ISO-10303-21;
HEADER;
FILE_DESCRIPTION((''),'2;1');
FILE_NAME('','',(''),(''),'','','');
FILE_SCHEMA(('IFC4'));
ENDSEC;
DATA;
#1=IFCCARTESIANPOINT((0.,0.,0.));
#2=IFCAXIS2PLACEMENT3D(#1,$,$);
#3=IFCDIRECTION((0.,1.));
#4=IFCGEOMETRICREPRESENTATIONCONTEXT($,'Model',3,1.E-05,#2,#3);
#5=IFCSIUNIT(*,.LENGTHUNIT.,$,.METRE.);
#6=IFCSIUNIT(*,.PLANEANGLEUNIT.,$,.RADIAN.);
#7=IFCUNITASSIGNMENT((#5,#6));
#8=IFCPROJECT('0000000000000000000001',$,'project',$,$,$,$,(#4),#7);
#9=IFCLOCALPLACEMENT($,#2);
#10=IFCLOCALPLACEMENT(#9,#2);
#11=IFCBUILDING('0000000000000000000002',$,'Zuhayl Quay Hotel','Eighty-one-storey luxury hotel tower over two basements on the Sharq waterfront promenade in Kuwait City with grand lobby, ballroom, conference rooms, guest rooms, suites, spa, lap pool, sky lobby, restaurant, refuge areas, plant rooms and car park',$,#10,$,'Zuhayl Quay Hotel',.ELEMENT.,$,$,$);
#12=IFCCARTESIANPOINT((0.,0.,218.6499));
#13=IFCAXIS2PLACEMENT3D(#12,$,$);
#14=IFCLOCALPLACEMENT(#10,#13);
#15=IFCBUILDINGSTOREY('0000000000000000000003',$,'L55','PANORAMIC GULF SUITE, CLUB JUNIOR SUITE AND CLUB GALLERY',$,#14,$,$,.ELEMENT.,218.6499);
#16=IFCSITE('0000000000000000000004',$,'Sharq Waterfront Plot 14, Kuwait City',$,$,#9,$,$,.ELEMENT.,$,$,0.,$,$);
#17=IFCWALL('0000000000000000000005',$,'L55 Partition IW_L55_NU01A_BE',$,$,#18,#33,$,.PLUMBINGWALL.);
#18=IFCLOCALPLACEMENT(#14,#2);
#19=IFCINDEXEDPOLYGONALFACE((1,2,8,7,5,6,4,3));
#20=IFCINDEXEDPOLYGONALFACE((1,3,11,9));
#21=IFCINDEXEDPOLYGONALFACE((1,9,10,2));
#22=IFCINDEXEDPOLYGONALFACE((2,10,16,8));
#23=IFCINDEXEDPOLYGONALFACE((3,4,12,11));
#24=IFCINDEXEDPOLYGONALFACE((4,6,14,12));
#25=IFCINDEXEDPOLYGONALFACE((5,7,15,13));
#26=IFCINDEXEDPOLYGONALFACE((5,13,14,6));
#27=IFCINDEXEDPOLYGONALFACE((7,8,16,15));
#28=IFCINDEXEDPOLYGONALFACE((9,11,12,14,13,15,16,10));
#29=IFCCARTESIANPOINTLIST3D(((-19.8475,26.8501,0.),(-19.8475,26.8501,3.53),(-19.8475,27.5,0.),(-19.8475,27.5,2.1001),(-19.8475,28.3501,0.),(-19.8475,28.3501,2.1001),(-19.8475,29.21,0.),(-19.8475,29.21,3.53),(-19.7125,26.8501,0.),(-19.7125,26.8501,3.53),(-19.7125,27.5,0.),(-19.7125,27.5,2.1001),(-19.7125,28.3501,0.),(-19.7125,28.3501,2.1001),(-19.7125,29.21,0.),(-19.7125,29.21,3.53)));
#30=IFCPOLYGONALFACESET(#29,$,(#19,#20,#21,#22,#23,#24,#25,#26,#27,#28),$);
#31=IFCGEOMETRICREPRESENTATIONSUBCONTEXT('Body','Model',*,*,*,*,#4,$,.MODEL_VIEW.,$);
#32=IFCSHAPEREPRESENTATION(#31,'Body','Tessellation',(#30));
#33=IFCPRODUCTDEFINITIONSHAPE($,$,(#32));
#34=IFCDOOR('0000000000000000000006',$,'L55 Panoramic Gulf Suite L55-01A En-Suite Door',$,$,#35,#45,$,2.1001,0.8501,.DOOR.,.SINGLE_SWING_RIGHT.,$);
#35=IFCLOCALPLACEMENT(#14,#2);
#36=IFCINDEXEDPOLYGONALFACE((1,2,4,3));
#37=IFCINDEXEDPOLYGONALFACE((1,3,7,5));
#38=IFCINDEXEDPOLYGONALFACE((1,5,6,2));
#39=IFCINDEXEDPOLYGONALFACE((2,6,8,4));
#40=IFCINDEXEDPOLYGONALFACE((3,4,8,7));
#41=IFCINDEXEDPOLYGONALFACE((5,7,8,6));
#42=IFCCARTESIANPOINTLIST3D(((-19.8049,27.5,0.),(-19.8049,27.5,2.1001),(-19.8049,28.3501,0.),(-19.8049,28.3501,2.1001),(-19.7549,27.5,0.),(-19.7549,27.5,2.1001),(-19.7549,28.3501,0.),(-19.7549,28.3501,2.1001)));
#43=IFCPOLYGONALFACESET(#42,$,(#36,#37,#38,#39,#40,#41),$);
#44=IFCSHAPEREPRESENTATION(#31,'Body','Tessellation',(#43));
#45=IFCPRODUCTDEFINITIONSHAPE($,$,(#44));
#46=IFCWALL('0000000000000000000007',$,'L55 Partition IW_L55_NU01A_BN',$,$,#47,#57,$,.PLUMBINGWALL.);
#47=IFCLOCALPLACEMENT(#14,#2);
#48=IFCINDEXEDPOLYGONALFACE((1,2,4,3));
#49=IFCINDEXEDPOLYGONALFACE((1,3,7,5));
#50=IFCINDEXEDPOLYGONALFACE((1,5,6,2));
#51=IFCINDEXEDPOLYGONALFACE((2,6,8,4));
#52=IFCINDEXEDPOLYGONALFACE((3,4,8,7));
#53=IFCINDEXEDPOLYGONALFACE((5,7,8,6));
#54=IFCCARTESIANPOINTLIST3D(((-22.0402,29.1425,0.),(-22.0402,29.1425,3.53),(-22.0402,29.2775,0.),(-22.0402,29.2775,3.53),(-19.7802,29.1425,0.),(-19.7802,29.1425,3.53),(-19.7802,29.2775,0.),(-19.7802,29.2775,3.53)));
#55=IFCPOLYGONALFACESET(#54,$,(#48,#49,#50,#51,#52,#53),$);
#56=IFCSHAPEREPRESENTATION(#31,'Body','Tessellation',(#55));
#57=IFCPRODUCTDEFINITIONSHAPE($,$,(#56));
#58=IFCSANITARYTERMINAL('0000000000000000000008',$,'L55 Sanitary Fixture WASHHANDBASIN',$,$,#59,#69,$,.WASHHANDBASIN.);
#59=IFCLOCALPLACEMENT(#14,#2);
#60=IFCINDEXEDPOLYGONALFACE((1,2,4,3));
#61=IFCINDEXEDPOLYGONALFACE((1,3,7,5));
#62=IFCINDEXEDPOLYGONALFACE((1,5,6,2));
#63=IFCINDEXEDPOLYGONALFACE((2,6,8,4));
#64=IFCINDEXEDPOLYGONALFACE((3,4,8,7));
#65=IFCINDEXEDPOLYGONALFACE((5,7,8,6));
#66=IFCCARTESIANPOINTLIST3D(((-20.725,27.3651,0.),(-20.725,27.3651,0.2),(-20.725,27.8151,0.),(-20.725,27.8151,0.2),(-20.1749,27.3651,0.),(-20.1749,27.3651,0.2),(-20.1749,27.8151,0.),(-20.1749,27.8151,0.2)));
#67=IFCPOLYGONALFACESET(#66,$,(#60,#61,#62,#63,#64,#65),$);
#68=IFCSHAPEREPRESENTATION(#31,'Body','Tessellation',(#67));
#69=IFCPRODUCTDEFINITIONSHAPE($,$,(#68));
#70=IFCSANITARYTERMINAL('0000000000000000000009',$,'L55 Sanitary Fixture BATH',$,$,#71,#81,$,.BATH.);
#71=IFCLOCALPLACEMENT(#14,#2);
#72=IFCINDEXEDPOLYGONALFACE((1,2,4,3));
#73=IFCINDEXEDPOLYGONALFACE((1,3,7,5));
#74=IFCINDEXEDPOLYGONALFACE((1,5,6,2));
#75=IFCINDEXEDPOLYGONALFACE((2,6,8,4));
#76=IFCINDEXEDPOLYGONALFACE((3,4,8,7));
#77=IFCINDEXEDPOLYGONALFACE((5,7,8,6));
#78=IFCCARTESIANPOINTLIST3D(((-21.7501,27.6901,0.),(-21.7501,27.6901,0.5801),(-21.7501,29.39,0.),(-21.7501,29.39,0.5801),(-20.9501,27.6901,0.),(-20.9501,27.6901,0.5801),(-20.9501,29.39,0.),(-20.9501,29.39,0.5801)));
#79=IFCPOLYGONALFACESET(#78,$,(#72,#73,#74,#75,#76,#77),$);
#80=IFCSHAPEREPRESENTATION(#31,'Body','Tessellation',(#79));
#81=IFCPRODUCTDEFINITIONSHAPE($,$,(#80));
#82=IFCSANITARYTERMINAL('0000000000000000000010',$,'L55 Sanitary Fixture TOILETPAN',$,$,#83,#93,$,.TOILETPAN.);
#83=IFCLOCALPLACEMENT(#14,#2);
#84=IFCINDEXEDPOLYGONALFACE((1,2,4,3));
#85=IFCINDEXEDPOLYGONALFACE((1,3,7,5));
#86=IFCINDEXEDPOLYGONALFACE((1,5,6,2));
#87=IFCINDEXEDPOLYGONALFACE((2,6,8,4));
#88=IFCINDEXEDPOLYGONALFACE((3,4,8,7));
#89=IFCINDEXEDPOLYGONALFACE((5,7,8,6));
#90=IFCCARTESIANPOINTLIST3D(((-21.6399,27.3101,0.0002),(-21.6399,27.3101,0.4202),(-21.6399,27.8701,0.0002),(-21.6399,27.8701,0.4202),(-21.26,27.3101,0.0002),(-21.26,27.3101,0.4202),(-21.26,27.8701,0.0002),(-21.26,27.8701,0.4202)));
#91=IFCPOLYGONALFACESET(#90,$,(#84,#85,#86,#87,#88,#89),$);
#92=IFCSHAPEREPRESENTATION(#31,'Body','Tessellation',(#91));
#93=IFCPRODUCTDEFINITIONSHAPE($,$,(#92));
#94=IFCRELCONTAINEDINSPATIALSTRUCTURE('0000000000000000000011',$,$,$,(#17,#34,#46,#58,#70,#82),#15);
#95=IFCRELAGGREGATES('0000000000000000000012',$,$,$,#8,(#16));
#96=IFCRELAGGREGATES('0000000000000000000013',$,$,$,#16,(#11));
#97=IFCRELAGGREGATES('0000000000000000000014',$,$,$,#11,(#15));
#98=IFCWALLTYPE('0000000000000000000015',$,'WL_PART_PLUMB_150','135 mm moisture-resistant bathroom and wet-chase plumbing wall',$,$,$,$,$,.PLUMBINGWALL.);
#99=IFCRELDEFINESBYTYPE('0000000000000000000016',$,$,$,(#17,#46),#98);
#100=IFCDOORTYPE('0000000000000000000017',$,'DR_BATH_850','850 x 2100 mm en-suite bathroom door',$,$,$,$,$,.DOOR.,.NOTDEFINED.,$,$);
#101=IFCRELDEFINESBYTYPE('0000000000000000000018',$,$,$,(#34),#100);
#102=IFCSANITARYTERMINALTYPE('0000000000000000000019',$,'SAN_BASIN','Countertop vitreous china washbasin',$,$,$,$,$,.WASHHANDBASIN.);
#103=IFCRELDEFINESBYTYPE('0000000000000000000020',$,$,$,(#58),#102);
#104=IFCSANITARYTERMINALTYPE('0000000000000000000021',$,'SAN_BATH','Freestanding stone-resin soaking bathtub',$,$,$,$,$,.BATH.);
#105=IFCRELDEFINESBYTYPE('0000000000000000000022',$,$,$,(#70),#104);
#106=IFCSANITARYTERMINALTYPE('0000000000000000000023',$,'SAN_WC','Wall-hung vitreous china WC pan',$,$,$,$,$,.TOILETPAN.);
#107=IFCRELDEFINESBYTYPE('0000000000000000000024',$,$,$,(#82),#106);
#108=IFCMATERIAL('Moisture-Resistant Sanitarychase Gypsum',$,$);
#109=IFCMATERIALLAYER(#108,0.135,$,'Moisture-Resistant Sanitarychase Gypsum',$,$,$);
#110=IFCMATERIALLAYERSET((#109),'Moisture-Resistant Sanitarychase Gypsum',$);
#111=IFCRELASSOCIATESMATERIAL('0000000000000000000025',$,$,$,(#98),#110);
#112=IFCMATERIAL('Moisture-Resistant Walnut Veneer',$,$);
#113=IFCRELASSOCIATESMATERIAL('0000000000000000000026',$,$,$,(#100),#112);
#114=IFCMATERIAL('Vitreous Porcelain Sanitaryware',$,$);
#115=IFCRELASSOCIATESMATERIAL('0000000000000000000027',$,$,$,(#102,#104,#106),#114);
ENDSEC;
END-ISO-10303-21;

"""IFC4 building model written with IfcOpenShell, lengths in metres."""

from ifc_helpers import new_model, si_unit, direction, frame, frame_2d, origin, origin_2d, place, context, subcontext, project, spatial, rectangle, extrude, material, layer, layer_set, type_object, element, fill, save


model = new_model("IFC4")

# Units and contexts
model_context = context("Model", 3, precision=1e-05, world=origin(), true_north=direction((0.0, 1.0)))
body_context = subcontext(model_context, "Body", "Model", "MODEL_VIEW")
ifc_project = project(units=[si_unit("LENGTHUNIT", "METRE"), si_unit("PLANEANGLEUNIT", "RADIAN")], contexts=[model_context])

# Site, building, storey
site_placement = place(None, origin())
site = spatial("IfcSite", under=ifc_project, at=site_placement, Name="Sharq Waterfront Plot 14, Kuwait City", CompositionType="ELEMENT", RefElevation=0.0)
building_placement = place(site_placement, origin())
building = spatial("IfcBuilding", under=site, at=building_placement, Name="Zuhayl Quay Hotel", Description="Eighty-one-storey luxury hotel tower over two basements on the Sharq waterfront promenade in Kuwait City with grand lobby, ballroom, conference rooms, guest rooms, suites, spa, lap pool, sky lobby, restaurant, refuge areas, plant rooms and car park", LongName="Zuhayl Quay Hotel", CompositionType="ELEMENT")
storey_placement = place(building_placement, frame((0.0, 0.0, 218.6499)))
storey = spatial("IfcBuildingStorey", under=building, at=storey_placement, Name="L55", Description="PANORAMIC GULF SUITE, CLUB JUNIOR SUITE AND CLUB GALLERY", CompositionType="ELEMENT", Elevation=218.6499)

# Wall, opening, door
ifc_material_1 = material(Name="Moisture-Resistant Sanitarychase Gypsum")
ifc_layer_1 = layer(ifc_material_1, 0.135, Name="Moisture-Resistant Sanitarychase Gypsum")
ifc_layer_set_1 = layer_set([ifc_layer_1], Name="Moisture-Resistant Sanitarychase Gypsum")
wall_type_1 = type_object("IfcWallType", Name="WL_PART_PLUMB_150", Description="135 mm moisture-resistant bathroom and wet-chase plumbing wall", PredefinedType="PLUMBINGWALL", material=ifc_layer_set_1)
wall_1_placement = place(storey_placement, frame((-19.78, 26.8501, 0.0), z_axis=(0.0, 0.0, 1.0), x_axis=(0.0, 1.0, 0.0)))
wall_1 = element("IfcWall", 1, at=wall_1_placement, inside=storey, type_object=wall_type_1, Name="L55 Partition IW_L55_NU01A_BE", PredefinedType="PLUMBINGWALL", context=body_context, shape_type="SweptSolid", body=[
    extrude(rectangle(XDim=2.3599, YDim=0.135, at=frame_2d((1.1799, 0.0))), origin(), (0.0, 0.0, 1.0), 3.53),
])
opening_1_placement = place(wall_1_placement, frame((0.6499, 0.0, 0.0)))
opening_1 = element("IfcOpeningElement", 2, at=opening_1_placement, cuts=wall_1, PredefinedType="OPENING", context=body_context, shape_type="SweptSolid", body=[
    extrude(rectangle(XDim=0.8501, YDim=2.1001, at=frame_2d((0.425, 1.05))), frame((0.0, 0.0774, 0.0), z_axis=(0.0, -1.0, 0.0), x_axis=(1.0, 0.0, 0.0)), (0.0, 0.0, 1.0), 0.155),
])
ifc_material_2 = material(Name="Moisture-Resistant Walnut Veneer")
door_type_1 = type_object("IfcDoorType", Name="DR_BATH_850", Description="850 x 2100 mm en-suite bathroom door", OperationType="NOTDEFINED", PredefinedType="DOOR", material=ifc_material_2)
door_1_placement = place(opening_1_placement, origin())
door_1 = element("IfcDoor", 3, at=door_1_placement, inside=storey, type_object=door_type_1, Name="L55 Panoramic Gulf Suite L55-01A En-Suite Door", OperationType="SINGLE_SWING_RIGHT", OverallHeight=2.1001, OverallWidth=0.8501, PredefinedType="DOOR", context=body_context, shape_type="SweptSolid", body=[
    extrude(rectangle(XDim=0.8501, YDim=2.1001, at=frame_2d((0.425, 1.05))), frame((0.0, 0.0249, 0.0), z_axis=(0.0, -1.0, 0.0), x_axis=(1.0, 0.0, 0.0)), (0.0, 0.0, 1.0), 0.05),
])
fill(opening_1, door_1)

# Wall
wall_2_placement = place(storey_placement, frame((-22.04, 29.21, 0.0), z_axis=(0.0, 0.0, 1.0), x_axis=(1.0, 0.0, 0.0)))
element("IfcWall", 4, at=wall_2_placement, inside=storey, type_object=wall_type_1, Name="L55 Partition IW_L55_NU01A_BN", PredefinedType="PLUMBINGWALL", context=body_context, shape_type="SweptSolid", body=[
    extrude(rectangle(XDim=2.26, YDim=0.135, at=frame_2d((1.1299, 0.0))), origin(), (0.0, 0.0, 1.0), 3.53),
])

# Sanitary terminals
ifc_material_3 = material(Name="Vitreous Porcelain Sanitaryware")
sanitary_terminal_type_1 = type_object("IfcSanitaryTerminalType", Name="SAN_BASIN", Description="Countertop vitreous china washbasin", PredefinedType="WASHHANDBASIN", material=ifc_material_3)
sanitary_terminal_1_placement = place(storey_placement, frame((-20.45, 27.5901, 0.0), z_axis=(0.0, 0.0, 1.0), x_axis=(1.0, 0.0, 0.0)))
element("IfcSanitaryTerminal", 5, at=sanitary_terminal_1_placement, inside=storey, type_object=sanitary_terminal_type_1, Name="L55 Sanitary Fixture WASHHANDBASIN", PredefinedType="WASHHANDBASIN", context=body_context, shape_type="SweptSolid", body=[
    extrude(rectangle(XDim=0.55, YDim=0.45, at=origin_2d()), origin(), (0.0, 0.0, 1.0), 0.2),
])
sanitary_terminal_type_2 = type_object("IfcSanitaryTerminalType", Name="SAN_BATH", Description="Freestanding stone-resin soaking bathtub", PredefinedType="BATH", material=ifc_material_3)
sanitary_terminal_2_placement = place(storey_placement, frame((-21.3501, 28.54, 0.0), z_axis=(0.0, 0.0, 1.0), x_axis=(1.0, 0.0, 0.0)))
element("IfcSanitaryTerminal", 6, at=sanitary_terminal_2_placement, inside=storey, type_object=sanitary_terminal_type_2, Name="L55 Sanitary Fixture BATH", PredefinedType="BATH", context=body_context, shape_type="SweptSolid", body=[
    extrude(rectangle(XDim=0.8, YDim=1.7, at=origin_2d()), origin(), (0.0, 0.0, 1.0), 0.5801),
])
sanitary_terminal_type_3 = type_object("IfcSanitaryTerminalType", Name="SAN_WC", Description="Wall-hung vitreous china WC pan", PredefinedType="TOILETPAN", material=ifc_material_3)
sanitary_terminal_3_placement = place(storey_placement, frame((-21.45, 27.5901, 0.0002), z_axis=(0.0, 0.0, 1.0), x_axis=(1.0, 0.0, 0.0)))
element("IfcSanitaryTerminal", 7, at=sanitary_terminal_3_placement, inside=storey, type_object=sanitary_terminal_type_3, Name="L55 Sanitary Fixture TOILETPAN", PredefinedType="TOILETPAN", context=body_context, shape_type="SweptSolid", body=[
    extrude(rectangle(XDim=0.3799, YDim=0.5601, at=origin_2d()), origin(), (0.0, 0.0, 1.0), 0.4199),
])

save(model, "model.ifc")
